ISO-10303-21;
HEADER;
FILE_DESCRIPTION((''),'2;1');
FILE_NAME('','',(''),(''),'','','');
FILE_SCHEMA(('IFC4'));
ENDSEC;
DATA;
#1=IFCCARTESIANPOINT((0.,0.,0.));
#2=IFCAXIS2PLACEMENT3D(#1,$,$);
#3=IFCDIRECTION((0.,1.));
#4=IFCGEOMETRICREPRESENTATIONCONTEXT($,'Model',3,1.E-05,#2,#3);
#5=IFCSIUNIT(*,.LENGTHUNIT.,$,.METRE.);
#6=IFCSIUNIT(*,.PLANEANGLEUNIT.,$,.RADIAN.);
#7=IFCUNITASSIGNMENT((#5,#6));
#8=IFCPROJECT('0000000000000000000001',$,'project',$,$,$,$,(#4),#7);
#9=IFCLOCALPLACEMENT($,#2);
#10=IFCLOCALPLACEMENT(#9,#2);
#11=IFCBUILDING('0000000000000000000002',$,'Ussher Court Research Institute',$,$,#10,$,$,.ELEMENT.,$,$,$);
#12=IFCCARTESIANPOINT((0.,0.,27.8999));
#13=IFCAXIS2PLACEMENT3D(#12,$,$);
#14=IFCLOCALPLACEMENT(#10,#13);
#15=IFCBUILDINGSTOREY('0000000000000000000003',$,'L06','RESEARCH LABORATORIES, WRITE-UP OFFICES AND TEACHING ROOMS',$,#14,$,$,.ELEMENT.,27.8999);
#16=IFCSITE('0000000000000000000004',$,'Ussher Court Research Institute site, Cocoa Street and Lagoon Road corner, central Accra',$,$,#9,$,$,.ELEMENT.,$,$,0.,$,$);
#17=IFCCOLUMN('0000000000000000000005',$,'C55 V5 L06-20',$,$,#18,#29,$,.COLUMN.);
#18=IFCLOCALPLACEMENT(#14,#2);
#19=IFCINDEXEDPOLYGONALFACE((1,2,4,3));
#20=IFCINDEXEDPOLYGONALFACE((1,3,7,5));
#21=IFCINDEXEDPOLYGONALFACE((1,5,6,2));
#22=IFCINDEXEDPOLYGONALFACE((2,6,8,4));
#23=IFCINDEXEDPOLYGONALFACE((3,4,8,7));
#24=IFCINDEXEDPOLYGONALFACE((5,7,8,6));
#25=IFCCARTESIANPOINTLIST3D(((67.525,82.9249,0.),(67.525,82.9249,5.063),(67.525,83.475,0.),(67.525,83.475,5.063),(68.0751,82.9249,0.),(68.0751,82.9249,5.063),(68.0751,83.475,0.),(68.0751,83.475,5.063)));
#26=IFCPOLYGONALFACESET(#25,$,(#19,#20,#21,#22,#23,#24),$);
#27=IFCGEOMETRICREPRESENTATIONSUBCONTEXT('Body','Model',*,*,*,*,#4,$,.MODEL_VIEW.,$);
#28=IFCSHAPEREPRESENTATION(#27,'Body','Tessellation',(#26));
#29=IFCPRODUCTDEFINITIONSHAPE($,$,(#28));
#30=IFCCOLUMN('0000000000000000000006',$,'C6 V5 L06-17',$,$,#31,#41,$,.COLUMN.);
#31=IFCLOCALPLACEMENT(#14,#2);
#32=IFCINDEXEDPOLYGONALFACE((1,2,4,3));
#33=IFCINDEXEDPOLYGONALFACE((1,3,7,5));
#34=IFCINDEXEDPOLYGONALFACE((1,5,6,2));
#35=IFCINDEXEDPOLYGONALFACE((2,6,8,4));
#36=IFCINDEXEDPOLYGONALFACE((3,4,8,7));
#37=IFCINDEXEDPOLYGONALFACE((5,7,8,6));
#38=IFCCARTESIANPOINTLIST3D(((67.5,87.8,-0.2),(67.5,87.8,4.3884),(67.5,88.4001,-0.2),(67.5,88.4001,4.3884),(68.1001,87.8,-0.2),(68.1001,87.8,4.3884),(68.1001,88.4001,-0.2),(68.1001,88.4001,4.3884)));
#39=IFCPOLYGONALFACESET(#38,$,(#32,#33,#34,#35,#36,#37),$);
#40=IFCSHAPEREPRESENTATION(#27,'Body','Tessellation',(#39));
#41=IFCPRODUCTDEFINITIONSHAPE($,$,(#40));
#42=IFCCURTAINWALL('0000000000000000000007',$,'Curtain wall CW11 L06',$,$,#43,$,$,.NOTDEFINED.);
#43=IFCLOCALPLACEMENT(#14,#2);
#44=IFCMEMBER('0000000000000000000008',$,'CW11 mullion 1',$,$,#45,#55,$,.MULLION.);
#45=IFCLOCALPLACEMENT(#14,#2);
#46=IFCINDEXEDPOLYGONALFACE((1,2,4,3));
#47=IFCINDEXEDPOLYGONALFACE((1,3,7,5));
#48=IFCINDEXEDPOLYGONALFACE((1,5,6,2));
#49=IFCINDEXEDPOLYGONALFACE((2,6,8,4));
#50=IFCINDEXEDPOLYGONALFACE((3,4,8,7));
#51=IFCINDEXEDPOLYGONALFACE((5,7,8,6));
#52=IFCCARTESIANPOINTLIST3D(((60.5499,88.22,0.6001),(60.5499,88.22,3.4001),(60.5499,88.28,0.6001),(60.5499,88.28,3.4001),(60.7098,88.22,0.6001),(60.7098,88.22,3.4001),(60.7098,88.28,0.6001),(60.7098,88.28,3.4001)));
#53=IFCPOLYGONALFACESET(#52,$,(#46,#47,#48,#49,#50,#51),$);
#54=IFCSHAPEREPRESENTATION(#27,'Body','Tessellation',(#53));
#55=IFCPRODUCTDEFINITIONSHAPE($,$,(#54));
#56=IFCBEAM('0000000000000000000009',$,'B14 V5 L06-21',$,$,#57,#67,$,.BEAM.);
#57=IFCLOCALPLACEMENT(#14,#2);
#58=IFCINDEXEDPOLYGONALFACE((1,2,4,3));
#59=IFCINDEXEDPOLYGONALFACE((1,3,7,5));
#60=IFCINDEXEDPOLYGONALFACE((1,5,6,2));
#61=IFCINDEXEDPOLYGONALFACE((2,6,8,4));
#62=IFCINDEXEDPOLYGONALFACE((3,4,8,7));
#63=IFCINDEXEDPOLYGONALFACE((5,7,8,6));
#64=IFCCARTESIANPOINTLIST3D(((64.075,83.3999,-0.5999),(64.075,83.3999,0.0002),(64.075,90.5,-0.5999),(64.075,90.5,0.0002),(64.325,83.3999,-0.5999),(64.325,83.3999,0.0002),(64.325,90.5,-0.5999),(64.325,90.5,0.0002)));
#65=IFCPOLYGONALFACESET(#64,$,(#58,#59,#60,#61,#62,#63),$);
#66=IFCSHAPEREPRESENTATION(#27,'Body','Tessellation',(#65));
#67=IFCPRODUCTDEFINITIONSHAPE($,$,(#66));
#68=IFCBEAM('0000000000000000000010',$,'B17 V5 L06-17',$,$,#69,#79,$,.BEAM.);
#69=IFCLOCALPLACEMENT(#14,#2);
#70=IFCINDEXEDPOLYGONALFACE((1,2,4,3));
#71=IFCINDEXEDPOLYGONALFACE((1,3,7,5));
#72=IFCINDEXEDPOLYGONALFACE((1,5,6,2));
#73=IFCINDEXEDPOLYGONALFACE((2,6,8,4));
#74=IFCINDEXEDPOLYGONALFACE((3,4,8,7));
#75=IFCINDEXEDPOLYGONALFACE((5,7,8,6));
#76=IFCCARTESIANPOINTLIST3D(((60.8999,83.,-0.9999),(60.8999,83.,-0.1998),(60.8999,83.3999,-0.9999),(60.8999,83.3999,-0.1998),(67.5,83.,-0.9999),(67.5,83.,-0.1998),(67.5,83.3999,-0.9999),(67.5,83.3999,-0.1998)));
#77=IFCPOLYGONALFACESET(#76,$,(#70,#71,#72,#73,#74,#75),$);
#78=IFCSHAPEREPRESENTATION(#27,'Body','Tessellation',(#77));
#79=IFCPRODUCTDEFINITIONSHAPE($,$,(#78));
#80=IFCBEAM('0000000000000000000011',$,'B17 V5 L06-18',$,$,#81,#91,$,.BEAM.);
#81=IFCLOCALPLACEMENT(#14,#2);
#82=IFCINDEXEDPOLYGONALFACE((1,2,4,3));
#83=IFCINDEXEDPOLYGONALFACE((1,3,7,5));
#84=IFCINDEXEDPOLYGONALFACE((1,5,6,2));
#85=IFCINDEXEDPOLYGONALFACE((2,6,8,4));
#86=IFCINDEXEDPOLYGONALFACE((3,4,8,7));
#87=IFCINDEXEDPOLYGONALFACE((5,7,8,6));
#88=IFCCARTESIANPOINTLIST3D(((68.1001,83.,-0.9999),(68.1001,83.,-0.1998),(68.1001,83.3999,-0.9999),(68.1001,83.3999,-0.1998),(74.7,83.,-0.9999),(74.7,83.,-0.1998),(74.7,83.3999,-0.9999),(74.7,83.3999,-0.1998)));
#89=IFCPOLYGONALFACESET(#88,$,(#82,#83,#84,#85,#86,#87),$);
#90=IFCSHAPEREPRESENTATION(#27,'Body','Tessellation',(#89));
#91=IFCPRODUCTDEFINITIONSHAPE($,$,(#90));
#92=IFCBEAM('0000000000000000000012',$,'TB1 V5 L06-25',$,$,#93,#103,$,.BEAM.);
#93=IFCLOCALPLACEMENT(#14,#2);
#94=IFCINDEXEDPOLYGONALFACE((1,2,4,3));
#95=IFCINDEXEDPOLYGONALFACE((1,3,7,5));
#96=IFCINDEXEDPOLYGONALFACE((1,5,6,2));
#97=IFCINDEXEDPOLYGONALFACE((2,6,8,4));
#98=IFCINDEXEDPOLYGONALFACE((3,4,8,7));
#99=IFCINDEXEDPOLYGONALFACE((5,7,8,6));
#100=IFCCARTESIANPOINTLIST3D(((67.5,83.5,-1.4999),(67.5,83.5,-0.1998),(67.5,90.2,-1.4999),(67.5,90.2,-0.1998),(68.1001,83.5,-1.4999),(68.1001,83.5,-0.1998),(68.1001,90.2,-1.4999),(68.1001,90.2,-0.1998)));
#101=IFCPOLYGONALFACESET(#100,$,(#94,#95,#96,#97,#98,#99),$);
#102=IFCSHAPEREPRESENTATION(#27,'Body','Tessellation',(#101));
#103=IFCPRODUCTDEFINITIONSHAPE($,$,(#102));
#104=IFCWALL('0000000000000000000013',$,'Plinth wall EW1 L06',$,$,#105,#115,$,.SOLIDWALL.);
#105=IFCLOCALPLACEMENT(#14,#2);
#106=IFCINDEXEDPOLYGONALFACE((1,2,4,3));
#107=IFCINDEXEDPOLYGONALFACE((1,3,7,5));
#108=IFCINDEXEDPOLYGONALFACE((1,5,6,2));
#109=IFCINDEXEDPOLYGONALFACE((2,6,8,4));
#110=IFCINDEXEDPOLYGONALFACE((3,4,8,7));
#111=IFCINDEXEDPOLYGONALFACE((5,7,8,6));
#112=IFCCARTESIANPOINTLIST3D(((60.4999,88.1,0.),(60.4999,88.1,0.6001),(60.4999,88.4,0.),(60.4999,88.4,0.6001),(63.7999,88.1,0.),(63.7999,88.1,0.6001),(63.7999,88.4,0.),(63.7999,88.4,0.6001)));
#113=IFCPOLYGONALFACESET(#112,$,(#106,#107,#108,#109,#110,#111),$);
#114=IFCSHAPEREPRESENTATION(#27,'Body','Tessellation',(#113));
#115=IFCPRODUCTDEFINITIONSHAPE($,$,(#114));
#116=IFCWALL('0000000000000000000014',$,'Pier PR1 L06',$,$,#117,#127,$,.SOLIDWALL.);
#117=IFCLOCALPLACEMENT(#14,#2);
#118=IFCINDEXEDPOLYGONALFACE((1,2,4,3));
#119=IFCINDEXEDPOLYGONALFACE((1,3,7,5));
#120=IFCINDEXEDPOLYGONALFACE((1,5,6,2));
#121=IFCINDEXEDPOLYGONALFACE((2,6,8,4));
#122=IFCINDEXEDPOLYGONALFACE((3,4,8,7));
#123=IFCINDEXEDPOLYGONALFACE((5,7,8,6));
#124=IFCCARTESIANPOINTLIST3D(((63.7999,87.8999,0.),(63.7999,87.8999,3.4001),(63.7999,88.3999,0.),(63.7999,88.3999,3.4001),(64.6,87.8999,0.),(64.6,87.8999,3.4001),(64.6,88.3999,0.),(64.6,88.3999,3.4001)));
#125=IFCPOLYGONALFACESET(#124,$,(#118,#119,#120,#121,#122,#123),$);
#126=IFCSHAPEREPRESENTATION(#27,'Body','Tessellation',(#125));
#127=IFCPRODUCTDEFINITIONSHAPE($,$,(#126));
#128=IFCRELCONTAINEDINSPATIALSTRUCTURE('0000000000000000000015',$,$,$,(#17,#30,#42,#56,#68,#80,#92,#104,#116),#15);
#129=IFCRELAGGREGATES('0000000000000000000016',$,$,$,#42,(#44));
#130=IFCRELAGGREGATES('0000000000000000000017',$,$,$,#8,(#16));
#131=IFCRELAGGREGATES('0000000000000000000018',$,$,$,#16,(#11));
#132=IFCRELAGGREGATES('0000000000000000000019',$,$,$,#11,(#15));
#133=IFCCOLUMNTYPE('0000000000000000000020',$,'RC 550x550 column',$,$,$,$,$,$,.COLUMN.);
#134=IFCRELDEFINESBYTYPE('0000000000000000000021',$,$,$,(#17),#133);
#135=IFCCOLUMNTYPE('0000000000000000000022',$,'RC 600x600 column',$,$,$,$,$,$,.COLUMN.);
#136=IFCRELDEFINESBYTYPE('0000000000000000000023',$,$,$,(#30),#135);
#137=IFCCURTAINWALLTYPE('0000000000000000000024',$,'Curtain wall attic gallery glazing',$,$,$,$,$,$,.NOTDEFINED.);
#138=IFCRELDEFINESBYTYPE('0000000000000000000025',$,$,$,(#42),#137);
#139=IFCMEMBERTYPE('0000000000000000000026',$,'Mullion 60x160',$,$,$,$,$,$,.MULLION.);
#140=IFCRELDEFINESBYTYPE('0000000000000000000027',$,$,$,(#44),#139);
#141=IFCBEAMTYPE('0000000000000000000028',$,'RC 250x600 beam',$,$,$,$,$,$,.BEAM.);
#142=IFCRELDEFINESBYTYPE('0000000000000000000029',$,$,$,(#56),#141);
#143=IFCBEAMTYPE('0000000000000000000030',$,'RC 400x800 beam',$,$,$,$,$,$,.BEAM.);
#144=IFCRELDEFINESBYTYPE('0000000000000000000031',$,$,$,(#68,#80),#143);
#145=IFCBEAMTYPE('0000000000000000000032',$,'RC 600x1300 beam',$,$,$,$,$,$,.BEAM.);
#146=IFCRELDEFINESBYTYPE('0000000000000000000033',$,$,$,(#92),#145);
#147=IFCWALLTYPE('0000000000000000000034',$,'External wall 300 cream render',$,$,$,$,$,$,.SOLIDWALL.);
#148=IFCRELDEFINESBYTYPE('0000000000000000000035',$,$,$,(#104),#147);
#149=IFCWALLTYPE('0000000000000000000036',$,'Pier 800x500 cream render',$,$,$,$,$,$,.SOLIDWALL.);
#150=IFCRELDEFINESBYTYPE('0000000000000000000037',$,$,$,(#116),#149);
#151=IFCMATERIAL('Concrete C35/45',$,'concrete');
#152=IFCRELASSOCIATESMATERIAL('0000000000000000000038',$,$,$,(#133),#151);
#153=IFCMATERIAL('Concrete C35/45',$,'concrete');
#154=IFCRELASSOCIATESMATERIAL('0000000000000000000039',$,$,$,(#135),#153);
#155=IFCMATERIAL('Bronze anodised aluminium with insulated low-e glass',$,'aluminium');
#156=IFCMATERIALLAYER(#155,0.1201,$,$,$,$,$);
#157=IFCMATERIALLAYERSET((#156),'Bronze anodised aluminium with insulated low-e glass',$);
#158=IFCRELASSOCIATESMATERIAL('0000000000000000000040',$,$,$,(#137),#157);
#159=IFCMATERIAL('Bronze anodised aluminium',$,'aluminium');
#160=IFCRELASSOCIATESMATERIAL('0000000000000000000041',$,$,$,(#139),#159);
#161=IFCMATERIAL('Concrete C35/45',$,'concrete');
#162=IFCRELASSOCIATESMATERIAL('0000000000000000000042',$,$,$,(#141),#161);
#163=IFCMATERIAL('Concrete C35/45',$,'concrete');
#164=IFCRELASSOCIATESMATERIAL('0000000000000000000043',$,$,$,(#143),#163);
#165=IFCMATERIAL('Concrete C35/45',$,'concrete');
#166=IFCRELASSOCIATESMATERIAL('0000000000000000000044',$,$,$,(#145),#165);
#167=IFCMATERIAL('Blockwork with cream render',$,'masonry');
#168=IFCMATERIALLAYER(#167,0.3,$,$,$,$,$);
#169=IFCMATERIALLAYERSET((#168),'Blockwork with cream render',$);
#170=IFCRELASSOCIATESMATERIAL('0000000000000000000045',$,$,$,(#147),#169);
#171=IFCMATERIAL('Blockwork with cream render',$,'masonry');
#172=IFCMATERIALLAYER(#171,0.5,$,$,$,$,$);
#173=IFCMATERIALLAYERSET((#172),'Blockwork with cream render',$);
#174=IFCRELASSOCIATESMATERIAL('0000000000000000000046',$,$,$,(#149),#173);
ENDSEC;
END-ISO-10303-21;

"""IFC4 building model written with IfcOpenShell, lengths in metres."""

from ifc_helpers import new_model, si_unit, direction, frame, frame_2d, origin, origin_2d, place, context, subcontext, project, spatial, rectangle, extrude, material, layer, layer_set, material_profile, profile_set, type_object, element, aggregate, save


model = new_model("IFC4")

# Units and contexts
model_context = context("Model", 3, precision=1e-05, world=origin(), true_north=direction((0.0, 1.0)))
body_context = subcontext(model_context, "Body", "Model", "MODEL_VIEW")
ifc_project = project(units=[si_unit("LENGTHUNIT", "METRE"), si_unit("PLANEANGLEUNIT", "RADIAN")], contexts=[model_context])

# Site, building, storey
site_placement = place(None, origin())
site = spatial("IfcSite", under=ifc_project, at=site_placement, Name="Ussher Court Research Institute site, Cocoa Street and Lagoon Road corner, central Accra", CompositionType="ELEMENT", RefElevation=0.0)
building_placement = place(site_placement, origin())
building = spatial("IfcBuilding", under=site, at=building_placement, Name="Ussher Court Research Institute", CompositionType="ELEMENT")
storey_placement = place(building_placement, frame((0.0, 0.0, 27.8999)))
storey = spatial("IfcBuildingStorey", under=building, at=storey_placement, Name="L06", Description="RESEARCH LABORATORIES, WRITE-UP OFFICES AND TEACHING ROOMS", CompositionType="ELEMENT", Elevation=27.8999)

# Columns
ifc_material_1 = material(Name="Concrete C35/45", Category="concrete")
ifc_material_profile_1 = material_profile(ifc_material_1, rectangle(XDim=0.55, YDim=0.55, at=origin_2d()), Name="RC 550x550")
ifc_profile_set_1 = profile_set([ifc_material_profile_1], Name="Concrete C35/45")
column_type_1 = type_object("IfcColumnType", Name="RC 550x550 column", PredefinedType="COLUMN", material=ifc_profile_set_1)
column_1_placement = place(storey_placement, frame((67.8, 83.2, 0.0), z_axis=(0.0, 0.0, 1.0), x_axis=(1.0, 0.0, 0.0)))
element("IfcColumn", 1, at=column_1_placement, inside=storey, type_object=column_type_1, Name="C55 V5 L06-20", PredefinedType="COLUMN", context=body_context, shape_type="SweptSolid", body=[
    extrude(rectangle(XDim=0.55, YDim=0.55, at=origin_2d()), origin(), (0.0, 0.0, 1.0), 5.063),
])
ifc_material_2 = material(Name="Concrete C35/45", Category="concrete")
ifc_material_profile_2 = material_profile(ifc_material_2, rectangle(XDim=0.6001, YDim=0.6001, at=origin_2d()), Name="RC 600x600")
ifc_profile_set_2 = profile_set([ifc_material_profile_2], Name="Concrete C35/45")
column_type_2 = type_object("IfcColumnType", Name="RC 600x600 column", PredefinedType="COLUMN", material=ifc_profile_set_2)
column_2_placement = place(storey_placement, frame((67.8, 88.1001, -0.2), z_axis=(0.0, 0.0, 1.0), x_axis=(1.0, 0.0, 0.0)))
element("IfcColumn", 2, at=column_2_placement, inside=storey, type_object=column_type_2, Name="C6 V5 L06-17", PredefinedType="COLUMN", context=body_context, shape_type="SweptSolid", body=[
    extrude(rectangle(XDim=0.6001, YDim=0.6001, at=origin_2d()), origin(), (0.0, 0.0, 1.0), 4.5884),
])

# Curtain wall, member
ifc_material_3 = material(Name="Bronze anodised aluminium with insulated low-e glass", Category="aluminium")
ifc_layer_1 = layer(ifc_material_3, 0.1201)
ifc_layer_set_1 = layer_set([ifc_layer_1], Name="Bronze anodised aluminium with insulated low-e glass")
curtain_wall_type = type_object("IfcCurtainWallType", Name="Curtain wall attic gallery glazing", PredefinedType="NOTDEFINED", material=ifc_layer_set_1)
curtain_wall_placement = place(storey_placement, origin())
curtain_wall = element("IfcCurtainWall", 3, at=curtain_wall_placement, inside=storey, type_object=curtain_wall_type, Name="Curtain wall CW11 L06", PredefinedType="NOTDEFINED")
ifc_material_4 = material(Name="Bronze anodised aluminium", Category="aluminium")
ifc_material_profile_3 = material_profile(ifc_material_4, rectangle(XDim=0.0601, YDim=0.1599, at=origin_2d()), Name="Mullion 60x160")
ifc_profile_set_3 = profile_set([ifc_material_profile_3], Name="Bronze anodised aluminium")
member_type = type_object("IfcMemberType", Name="Mullion 60x160", PredefinedType="MULLION", material=ifc_profile_set_3)
member_placement = place(storey_placement, frame((60.6299, 88.25, 0.6001), z_axis=(0.0, 0.0, 1.0), x_axis=(0.0, 1.0, 0.0)))
member = element("IfcMember", 4, at=member_placement, type_object=member_type, Name="CW11 mullion 1", PredefinedType="MULLION", context=body_context, shape_type="SweptSolid", body=[
    extrude(rectangle(XDim=0.0601, YDim=0.1599, at=origin_2d()), origin(), (0.0, 0.0, 1.0), 2.8),
])
aggregate(curtain_wall, [member])

# Beams
ifc_material_5 = material(Name="Concrete C35/45", Category="concrete")
ifc_material_profile_4 = material_profile(ifc_material_5, rectangle(XDim=0.25, YDim=0.6001, at=origin_2d()), Name="RC 250x600")
ifc_profile_set_4 = profile_set([ifc_material_profile_4], Name="Concrete C35/45")
beam_type_1 = type_object("IfcBeamType", Name="RC 250x600 beam", PredefinedType="BEAM", material=ifc_profile_set_4)
beam_1_placement = place(storey_placement, frame((64.2, 83.3999, -0.2998), z_axis=(0.0, 1.0, 0.0), x_axis=(-1.0, 0.0, 0.0)))
element("IfcBeam", 5, at=beam_1_placement, inside=storey, type_object=beam_type_1, Name="B14 V5 L06-21", PredefinedType="BEAM", context=body_context, shape_type="SweptSolid", body=[
    extrude(rectangle(XDim=0.25, YDim=0.6001, at=origin_2d()), origin(), (0.0, 0.0, 1.0), 7.1001),
])
ifc_material_6 = material(Name="Concrete C35/45", Category="concrete")
ifc_material_profile_5 = material_profile(ifc_material_6, rectangle(XDim=0.3999, YDim=0.8, at=origin_2d()), Name="RC 400x800")
ifc_profile_set_5 = profile_set([ifc_material_profile_5], Name="Concrete C35/45")
beam_type_2 = type_object("IfcBeamType", Name="RC 400x800 beam", PredefinedType="BEAM", material=ifc_profile_set_5)
beam_2_placement = place(storey_placement, frame((60.8999, 83.2, -0.5999), z_axis=(1.0, 0.0, 0.0), x_axis=(0.0, 1.0, 0.0)))
element("IfcBeam", 6, at=beam_2_placement, inside=storey, type_object=beam_type_2, Name="B17 V5 L06-17", PredefinedType="BEAM", context=body_context, shape_type="SweptSolid", body=[
    extrude(rectangle(XDim=0.3999, YDim=0.8, at=origin_2d()), origin(), (0.0, 0.0, 1.0), 6.6001),
])
beam_3_placement = place(storey_placement, frame((68.1001, 83.2, -0.5999), z_axis=(1.0, 0.0, 0.0), x_axis=(0.0, 1.0, 0.0)))
element("IfcBeam", 7, at=beam_3_placement, inside=storey, type_object=beam_type_2, Name="B17 V5 L06-18", PredefinedType="BEAM", context=body_context, shape_type="SweptSolid", body=[
    extrude(rectangle(XDim=0.3999, YDim=0.8, at=origin_2d()), origin(), (0.0, 0.0, 1.0), 6.5999),
])
ifc_material_7 = material(Name="Concrete C35/45", Category="concrete")
ifc_material_profile_6 = material_profile(ifc_material_7, rectangle(XDim=0.6001, YDim=1.3, at=origin_2d()), Name="RC 600x1300")
ifc_profile_set_6 = profile_set([ifc_material_profile_6], Name="Concrete C35/45")
beam_type_3 = type_object("IfcBeamType", Name="RC 600x1300 beam", PredefinedType="BEAM", material=ifc_profile_set_6)
beam_4_placement = place(storey_placement, frame((67.8, 83.5, -0.8499), z_axis=(0.0, 1.0, 0.0), x_axis=(-1.0, 0.0, 0.0)))
element("IfcBeam", 8, at=beam_4_placement, inside=storey, type_object=beam_type_3, Name="TB1 V5 L06-25", PredefinedType="BEAM", context=body_context, shape_type="SweptSolid", body=[
    extrude(rectangle(XDim=0.6001, YDim=1.3, at=origin_2d()), origin(), (0.0, 0.0, 1.0), 6.7),
])

# Walls
ifc_material_8 = material(Name="Blockwork with cream render", Category="masonry")
ifc_layer_2 = layer(ifc_material_8, 0.3)
ifc_layer_set_2 = layer_set([ifc_layer_2], Name="Blockwork with cream render")
wall_type_1 = type_object("IfcWallType", Name="External wall 300 cream render", PredefinedType="SOLIDWALL", material=ifc_layer_set_2)
wall_1_placement = place(storey_placement, frame((60.5, 88.25, 0.0), z_axis=(0.0, 0.0, 1.0), x_axis=(1.0, 0.0, 0.0)))
element("IfcWall", 9, at=wall_1_placement, inside=storey, type_object=wall_type_1, Name="Plinth wall EW1 L06", PredefinedType="SOLIDWALL", context=body_context, shape_type="SweptSolid", body=[
    extrude(rectangle(XDim=3.3, YDim=0.3, at=frame_2d((1.6499, 0.0))), origin(), (0.0, 0.0, 1.0), 0.6001),
])
ifc_material_9 = material(Name="Blockwork with cream render", Category="masonry")
ifc_layer_3 = layer(ifc_material_9, 0.5)
ifc_layer_set_3 = layer_set([ifc_layer_3], Name="Blockwork with cream render")
wall_type_2 = type_object("IfcWallType", Name="Pier 800x500 cream render", PredefinedType="SOLIDWALL", material=ifc_layer_set_3)
wall_2_placement = place(storey_placement, frame((63.8, 88.1499, 0.0), z_axis=(0.0, 0.0, 1.0), x_axis=(1.0, 0.0, 0.0)))
element("IfcWall", 10, at=wall_2_placement, inside=storey, type_object=wall_type_2, Name="Pier PR1 L06", PredefinedType="SOLIDWALL", context=body_context, shape_type="SweptSolid", body=[
    extrude(rectangle(XDim=0.8, YDim=0.5, at=frame_2d((0.3999, 0.0))), origin(), (0.0, 0.0, 1.0), 3.4001),
])

save(model, "model.ifc")
